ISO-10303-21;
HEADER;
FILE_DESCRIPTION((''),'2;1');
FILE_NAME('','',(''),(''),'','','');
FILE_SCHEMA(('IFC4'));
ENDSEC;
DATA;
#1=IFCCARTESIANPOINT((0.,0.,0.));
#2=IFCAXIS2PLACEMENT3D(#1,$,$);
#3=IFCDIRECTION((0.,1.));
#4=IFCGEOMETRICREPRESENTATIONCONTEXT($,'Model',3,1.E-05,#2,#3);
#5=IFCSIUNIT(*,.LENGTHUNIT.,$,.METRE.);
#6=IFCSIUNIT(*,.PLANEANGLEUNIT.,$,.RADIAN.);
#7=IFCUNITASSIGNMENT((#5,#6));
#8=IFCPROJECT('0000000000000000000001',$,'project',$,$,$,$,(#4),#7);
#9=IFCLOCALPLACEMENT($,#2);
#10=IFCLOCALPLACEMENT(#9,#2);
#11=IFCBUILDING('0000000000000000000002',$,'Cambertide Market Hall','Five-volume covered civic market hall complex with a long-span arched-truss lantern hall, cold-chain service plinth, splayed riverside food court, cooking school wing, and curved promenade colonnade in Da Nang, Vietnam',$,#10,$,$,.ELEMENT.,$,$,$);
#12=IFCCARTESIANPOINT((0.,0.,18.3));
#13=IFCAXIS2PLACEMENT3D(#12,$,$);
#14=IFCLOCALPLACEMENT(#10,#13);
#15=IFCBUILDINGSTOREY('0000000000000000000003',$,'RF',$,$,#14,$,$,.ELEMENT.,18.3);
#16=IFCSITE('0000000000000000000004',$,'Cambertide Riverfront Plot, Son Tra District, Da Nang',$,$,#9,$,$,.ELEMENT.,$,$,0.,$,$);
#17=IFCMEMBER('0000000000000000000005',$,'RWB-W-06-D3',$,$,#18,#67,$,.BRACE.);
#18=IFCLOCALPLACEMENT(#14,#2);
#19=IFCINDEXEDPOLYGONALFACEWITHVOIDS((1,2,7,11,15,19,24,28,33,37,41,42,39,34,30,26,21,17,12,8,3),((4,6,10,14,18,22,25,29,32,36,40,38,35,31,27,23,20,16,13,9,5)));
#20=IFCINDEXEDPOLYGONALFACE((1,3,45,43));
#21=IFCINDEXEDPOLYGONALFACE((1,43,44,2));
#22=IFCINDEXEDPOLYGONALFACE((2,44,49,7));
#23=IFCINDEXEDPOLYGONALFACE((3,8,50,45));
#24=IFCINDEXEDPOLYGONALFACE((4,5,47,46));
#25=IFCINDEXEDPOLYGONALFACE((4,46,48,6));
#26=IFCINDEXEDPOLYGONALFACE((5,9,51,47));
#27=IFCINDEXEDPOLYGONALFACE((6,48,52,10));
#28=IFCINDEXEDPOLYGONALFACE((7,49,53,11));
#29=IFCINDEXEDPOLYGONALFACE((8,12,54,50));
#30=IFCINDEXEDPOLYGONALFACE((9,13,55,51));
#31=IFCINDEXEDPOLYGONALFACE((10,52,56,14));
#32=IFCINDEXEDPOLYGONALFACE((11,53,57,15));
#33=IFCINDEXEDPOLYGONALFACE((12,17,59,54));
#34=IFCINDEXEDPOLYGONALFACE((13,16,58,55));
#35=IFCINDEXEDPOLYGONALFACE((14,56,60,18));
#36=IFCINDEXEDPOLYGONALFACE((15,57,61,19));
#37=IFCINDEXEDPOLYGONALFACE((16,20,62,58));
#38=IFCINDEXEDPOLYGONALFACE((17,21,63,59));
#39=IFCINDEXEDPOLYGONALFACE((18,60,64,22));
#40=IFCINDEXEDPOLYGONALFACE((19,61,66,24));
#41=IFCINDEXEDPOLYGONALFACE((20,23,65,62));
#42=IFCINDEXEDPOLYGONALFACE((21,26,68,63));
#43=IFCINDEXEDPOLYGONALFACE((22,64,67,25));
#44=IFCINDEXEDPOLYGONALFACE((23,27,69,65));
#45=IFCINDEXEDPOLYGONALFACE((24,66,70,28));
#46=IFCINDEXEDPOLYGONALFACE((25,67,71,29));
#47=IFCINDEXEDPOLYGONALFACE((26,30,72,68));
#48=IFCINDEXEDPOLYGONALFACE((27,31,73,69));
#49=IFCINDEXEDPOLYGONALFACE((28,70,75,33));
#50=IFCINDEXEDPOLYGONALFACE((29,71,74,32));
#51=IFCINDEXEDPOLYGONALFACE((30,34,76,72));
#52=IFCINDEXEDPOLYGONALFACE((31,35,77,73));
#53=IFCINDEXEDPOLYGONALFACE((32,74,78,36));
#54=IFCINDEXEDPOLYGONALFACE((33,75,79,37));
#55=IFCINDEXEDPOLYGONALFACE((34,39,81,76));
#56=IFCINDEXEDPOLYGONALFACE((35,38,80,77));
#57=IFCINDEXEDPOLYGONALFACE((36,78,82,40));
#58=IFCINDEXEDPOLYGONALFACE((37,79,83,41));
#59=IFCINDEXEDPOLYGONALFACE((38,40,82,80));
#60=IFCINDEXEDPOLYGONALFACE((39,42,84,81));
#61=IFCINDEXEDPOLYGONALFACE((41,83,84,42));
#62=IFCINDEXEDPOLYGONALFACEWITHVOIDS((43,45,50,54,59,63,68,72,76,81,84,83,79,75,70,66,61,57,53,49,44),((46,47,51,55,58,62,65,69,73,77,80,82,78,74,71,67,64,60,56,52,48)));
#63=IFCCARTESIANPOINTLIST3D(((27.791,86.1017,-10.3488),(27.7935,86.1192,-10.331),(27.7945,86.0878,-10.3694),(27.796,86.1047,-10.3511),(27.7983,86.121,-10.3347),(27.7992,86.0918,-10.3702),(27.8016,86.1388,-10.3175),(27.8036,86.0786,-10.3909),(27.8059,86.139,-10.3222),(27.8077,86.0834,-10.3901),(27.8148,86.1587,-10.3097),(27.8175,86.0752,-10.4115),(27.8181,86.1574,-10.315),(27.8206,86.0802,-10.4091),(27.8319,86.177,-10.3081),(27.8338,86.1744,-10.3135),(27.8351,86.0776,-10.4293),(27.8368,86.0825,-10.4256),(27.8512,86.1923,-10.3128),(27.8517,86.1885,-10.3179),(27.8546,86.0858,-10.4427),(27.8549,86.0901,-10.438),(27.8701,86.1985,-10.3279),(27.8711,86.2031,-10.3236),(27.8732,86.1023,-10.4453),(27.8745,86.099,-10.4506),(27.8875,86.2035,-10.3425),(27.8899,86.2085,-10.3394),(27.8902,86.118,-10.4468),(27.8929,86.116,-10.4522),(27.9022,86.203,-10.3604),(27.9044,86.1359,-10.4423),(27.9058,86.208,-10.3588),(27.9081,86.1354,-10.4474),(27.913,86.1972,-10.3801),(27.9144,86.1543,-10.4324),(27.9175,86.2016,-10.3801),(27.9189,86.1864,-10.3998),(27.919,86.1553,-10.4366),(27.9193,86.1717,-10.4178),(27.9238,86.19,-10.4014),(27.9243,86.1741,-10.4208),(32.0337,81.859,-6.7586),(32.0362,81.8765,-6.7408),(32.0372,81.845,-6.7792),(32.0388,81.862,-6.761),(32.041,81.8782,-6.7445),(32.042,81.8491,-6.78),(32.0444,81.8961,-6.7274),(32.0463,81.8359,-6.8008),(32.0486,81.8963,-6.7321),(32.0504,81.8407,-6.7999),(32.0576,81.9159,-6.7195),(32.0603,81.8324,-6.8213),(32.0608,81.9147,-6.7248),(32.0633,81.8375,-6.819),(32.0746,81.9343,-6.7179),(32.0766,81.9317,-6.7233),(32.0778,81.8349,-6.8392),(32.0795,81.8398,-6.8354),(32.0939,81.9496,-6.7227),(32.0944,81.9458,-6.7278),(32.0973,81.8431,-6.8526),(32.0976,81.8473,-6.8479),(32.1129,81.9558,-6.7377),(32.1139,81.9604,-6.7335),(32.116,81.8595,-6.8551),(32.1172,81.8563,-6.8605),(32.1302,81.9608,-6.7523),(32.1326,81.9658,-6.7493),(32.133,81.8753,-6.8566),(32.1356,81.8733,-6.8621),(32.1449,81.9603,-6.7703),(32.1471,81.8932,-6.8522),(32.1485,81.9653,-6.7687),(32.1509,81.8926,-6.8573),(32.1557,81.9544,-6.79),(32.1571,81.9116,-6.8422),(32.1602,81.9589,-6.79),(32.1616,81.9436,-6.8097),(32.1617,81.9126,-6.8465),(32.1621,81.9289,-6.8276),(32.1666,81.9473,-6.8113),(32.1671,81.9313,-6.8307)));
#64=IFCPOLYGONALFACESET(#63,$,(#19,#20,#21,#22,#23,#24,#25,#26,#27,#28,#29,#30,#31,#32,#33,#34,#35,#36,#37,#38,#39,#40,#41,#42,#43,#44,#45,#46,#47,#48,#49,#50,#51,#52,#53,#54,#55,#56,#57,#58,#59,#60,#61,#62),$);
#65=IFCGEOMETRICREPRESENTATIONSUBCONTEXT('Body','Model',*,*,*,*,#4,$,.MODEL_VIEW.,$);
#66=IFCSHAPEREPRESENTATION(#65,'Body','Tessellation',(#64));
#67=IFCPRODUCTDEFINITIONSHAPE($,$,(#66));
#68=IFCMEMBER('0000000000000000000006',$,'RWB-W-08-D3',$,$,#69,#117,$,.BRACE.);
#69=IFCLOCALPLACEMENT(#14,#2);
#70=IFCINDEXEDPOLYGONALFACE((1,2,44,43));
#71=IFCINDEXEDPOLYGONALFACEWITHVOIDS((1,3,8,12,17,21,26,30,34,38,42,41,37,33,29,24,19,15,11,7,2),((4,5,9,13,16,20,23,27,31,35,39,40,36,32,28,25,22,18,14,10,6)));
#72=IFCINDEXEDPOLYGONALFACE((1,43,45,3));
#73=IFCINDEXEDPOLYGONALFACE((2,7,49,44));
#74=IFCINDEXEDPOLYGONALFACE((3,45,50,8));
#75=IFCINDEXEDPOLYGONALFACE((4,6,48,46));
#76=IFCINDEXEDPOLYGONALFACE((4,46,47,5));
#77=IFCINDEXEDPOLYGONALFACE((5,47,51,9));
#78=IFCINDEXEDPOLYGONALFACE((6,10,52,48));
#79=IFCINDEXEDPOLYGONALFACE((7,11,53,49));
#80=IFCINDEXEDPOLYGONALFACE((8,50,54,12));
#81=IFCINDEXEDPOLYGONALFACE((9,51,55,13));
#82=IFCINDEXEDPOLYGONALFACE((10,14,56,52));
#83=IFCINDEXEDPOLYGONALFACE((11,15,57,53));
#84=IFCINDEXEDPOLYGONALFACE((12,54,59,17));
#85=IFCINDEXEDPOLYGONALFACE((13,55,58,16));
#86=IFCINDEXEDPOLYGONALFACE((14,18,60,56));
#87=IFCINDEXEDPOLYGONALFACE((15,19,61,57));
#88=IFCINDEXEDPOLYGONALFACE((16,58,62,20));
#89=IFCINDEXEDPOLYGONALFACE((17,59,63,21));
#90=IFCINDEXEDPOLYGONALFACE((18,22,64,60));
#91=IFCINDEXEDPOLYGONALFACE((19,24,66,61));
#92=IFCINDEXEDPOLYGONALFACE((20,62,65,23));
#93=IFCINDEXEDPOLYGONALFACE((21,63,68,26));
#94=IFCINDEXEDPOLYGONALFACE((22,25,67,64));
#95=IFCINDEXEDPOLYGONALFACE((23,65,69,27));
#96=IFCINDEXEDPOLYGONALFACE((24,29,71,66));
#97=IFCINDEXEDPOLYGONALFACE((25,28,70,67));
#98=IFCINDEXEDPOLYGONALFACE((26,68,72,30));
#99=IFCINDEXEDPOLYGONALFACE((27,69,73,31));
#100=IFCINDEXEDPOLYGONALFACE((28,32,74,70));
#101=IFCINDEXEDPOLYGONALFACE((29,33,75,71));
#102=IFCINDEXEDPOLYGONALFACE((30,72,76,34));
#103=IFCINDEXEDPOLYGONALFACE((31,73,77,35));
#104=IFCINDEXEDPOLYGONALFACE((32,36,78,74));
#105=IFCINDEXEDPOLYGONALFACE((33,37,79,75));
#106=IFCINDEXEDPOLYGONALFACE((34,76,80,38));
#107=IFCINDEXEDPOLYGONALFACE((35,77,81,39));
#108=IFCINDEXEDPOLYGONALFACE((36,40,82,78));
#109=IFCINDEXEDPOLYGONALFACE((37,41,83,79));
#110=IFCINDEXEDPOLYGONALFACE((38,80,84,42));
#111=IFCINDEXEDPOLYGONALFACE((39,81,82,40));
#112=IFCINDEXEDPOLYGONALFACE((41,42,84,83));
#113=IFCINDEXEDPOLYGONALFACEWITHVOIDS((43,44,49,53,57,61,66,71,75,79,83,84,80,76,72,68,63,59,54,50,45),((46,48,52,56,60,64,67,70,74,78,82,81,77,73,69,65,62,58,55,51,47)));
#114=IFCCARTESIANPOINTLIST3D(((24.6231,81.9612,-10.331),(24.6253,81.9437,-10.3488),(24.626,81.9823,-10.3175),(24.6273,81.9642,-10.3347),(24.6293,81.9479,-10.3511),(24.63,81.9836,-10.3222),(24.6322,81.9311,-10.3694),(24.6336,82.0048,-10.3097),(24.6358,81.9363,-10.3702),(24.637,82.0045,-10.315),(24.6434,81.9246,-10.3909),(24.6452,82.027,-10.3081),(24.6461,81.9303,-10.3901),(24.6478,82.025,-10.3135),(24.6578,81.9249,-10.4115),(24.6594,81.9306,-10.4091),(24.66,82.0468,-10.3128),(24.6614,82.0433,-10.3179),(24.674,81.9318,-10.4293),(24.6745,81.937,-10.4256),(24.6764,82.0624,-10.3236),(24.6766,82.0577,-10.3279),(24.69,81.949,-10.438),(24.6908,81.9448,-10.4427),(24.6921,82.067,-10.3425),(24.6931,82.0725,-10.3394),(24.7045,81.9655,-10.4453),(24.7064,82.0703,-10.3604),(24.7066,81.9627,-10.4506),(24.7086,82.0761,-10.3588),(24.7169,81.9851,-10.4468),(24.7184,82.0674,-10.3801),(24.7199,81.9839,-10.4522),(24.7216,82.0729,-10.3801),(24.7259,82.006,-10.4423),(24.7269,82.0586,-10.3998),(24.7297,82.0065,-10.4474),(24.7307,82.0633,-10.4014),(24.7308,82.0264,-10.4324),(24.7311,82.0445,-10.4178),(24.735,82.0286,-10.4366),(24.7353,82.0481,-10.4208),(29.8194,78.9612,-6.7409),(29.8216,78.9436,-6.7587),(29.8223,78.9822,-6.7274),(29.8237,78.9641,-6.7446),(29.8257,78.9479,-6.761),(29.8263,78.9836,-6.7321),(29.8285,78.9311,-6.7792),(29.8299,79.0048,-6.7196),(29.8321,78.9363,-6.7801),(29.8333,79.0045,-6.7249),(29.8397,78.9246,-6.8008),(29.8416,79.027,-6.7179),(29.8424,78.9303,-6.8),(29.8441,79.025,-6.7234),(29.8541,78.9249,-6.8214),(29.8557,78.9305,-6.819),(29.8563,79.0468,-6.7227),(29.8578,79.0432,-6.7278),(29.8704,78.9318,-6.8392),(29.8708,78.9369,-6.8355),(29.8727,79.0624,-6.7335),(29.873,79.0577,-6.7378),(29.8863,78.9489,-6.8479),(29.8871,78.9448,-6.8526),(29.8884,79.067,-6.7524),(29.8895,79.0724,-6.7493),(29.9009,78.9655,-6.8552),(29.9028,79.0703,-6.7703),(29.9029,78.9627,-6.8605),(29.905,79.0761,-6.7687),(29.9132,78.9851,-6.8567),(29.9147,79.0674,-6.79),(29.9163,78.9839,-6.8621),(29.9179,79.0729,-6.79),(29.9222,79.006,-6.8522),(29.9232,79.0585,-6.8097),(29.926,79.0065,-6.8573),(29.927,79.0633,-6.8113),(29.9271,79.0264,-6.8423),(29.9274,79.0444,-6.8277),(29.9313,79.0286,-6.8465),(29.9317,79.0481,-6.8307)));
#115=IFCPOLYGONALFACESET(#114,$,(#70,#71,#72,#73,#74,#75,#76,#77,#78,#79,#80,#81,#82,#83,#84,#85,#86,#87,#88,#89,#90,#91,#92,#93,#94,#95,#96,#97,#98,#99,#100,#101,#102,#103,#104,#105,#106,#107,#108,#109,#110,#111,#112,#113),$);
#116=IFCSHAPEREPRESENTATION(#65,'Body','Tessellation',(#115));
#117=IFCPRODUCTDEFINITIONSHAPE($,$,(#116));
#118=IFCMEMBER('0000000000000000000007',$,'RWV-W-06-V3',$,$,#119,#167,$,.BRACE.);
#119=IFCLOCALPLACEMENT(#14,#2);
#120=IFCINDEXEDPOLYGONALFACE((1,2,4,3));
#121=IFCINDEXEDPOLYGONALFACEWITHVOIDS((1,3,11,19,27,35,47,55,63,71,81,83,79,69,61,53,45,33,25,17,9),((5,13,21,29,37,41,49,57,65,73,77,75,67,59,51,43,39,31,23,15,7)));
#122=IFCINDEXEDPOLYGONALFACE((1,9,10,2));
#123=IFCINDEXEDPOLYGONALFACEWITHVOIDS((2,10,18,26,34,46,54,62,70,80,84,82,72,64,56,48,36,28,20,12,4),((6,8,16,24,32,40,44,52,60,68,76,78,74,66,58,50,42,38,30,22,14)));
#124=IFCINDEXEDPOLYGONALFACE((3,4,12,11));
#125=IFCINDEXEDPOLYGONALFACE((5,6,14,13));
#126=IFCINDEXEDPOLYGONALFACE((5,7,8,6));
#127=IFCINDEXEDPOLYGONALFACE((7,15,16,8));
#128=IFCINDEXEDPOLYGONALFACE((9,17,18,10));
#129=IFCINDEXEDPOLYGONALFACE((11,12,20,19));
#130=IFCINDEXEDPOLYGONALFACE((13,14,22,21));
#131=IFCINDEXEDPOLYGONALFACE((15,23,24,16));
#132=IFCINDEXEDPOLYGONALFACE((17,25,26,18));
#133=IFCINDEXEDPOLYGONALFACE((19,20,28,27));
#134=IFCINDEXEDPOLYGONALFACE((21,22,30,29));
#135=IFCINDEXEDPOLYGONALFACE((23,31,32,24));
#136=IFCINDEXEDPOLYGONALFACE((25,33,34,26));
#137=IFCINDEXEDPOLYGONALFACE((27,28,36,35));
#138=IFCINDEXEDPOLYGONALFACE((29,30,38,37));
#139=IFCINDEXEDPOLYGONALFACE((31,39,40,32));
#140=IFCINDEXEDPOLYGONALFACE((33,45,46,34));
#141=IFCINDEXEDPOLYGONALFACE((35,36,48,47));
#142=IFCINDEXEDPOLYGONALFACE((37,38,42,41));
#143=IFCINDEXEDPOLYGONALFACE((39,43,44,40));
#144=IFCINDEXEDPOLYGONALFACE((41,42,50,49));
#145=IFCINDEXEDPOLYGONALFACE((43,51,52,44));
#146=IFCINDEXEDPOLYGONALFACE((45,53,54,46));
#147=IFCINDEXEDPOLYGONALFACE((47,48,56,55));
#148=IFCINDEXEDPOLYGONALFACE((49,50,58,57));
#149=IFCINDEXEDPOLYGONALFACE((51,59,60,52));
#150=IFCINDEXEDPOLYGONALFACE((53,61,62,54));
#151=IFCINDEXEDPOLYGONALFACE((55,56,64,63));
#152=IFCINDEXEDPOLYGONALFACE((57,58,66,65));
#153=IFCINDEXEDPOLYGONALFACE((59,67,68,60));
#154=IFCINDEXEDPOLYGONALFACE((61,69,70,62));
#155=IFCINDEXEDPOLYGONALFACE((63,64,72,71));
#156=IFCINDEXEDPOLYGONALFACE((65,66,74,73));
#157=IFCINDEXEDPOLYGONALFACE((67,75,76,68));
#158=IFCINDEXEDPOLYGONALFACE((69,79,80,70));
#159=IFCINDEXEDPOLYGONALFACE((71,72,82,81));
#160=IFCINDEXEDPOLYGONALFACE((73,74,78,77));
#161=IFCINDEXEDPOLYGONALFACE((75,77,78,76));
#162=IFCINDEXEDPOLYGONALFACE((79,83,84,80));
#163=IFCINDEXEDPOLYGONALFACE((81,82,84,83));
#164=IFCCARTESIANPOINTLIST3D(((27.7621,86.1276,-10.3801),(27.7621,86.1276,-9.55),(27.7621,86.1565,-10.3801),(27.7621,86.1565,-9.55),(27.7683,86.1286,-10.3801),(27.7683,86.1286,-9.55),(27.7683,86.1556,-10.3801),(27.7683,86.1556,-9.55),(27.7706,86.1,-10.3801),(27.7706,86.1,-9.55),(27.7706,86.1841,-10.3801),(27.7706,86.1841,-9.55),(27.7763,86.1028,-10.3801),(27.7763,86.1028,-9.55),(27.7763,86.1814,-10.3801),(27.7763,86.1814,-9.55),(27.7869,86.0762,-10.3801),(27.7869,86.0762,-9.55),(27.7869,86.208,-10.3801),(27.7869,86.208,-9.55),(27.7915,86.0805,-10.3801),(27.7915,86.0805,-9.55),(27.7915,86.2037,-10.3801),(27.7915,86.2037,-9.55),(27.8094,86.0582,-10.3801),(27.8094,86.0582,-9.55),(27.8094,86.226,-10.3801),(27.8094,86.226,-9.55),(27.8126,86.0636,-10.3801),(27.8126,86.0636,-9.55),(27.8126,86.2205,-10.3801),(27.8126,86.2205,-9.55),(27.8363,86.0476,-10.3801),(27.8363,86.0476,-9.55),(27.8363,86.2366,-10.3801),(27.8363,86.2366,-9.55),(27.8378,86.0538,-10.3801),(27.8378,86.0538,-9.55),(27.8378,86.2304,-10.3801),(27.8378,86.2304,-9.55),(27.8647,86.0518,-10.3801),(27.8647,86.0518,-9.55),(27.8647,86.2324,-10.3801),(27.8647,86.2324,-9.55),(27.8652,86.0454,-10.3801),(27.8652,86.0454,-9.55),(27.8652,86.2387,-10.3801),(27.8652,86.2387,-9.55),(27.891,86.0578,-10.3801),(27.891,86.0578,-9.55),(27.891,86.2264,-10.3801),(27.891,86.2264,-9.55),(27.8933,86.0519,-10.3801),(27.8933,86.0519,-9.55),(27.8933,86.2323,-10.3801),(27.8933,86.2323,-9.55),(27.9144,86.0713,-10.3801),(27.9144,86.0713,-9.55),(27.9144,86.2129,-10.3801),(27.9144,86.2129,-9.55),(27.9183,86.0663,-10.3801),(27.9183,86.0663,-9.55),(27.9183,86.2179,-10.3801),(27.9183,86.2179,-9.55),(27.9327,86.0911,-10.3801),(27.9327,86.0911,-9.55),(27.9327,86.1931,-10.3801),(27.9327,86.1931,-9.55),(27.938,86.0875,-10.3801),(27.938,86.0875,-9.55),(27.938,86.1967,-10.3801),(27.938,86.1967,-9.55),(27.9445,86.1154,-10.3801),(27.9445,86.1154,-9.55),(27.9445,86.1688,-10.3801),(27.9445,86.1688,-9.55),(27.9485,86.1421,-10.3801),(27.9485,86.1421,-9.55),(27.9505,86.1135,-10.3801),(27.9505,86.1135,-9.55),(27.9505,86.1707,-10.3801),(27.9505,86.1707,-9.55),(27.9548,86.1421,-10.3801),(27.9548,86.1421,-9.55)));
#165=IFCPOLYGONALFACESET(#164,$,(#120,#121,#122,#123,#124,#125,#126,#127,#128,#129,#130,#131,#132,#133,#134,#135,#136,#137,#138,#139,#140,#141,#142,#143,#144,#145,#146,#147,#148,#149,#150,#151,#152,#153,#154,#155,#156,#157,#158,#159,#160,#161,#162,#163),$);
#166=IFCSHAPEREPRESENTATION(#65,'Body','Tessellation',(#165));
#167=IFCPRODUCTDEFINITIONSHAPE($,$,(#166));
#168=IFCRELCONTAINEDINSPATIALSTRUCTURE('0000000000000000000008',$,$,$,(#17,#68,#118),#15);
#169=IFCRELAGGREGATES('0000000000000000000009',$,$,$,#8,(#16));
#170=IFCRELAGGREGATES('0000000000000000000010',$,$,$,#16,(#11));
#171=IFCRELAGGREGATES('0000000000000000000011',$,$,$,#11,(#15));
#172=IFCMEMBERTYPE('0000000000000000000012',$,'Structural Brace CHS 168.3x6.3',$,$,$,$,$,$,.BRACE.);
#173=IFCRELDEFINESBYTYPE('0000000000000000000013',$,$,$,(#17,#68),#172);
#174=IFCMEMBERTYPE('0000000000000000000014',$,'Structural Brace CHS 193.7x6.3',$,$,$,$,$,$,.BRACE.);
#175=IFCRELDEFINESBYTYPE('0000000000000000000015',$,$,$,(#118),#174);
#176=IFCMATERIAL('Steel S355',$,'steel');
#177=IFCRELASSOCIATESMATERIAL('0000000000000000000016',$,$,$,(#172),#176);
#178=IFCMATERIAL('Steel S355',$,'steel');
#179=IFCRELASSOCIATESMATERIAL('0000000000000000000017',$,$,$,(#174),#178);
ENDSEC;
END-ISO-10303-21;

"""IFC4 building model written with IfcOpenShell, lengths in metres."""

from ifc_helpers import new_model, si_unit, direction, frame, origin, origin_2d, place, context, subcontext, project, spatial, hollow_circle, extrude, material, material_profile, profile_set, type_object, element, save


model = new_model("IFC4")

# Units and contexts
model_context = context("Model", 3, precision=1e-05, world=origin(), true_north=direction((0.0, 1.0)))
body_context = subcontext(model_context, "Body", "Model", "MODEL_VIEW")
ifc_project = project(units=[si_unit("LENGTHUNIT", "METRE"), si_unit("PLANEANGLEUNIT", "RADIAN")], contexts=[model_context])

# Site, building, storey
site_placement = place(None, origin())
site = spatial("IfcSite", under=ifc_project, at=site_placement, Name="Cambertide Riverfront Plot, Son Tra District, Da Nang", CompositionType="ELEMENT", RefElevation=0.0)
building_placement = place(site_placement, origin())
building = spatial("IfcBuilding", under=site, at=building_placement, Name="Cambertide Market Hall", Description="Five-volume covered civic market hall complex with a long-span arched-truss lantern hall, cold-chain service plinth, splayed riverside food court, cooking school wing, and curved promenade colonnade in Da Nang, Vietnam", CompositionType="ELEMENT")
storey_placement = place(building_placement, frame((0.0, 0.0, 18.3)))
storey = spatial("IfcBuildingStorey", under=building, at=storey_placement, Name="RF", CompositionType="ELEMENT", Elevation=18.3)

# Members
ifc_material_1 = material(Name="Steel S355", Category="steel")
ifc_material_profile_1 = material_profile(ifc_material_1, hollow_circle(Radius=0.0842, WallThickness=0.0063, at=origin_2d()), Name="CHS 168.3x6.3")
ifc_profile_set_1 = profile_set([ifc_material_profile_1], Name="Steel S355")
member_type_1 = type_object("IfcMemberType", Name="Structural Brace CHS 168.3x6.3", PredefinedType="BRACE", material=ifc_profile_set_1)
for number, where, z_axis, x_axis, name in (
    (1, (27.8579, 86.1421, -10.3801), (0.606782, -0.606782, 0.51345), (0.707107, 0.707107, 0.0), "RWB-W-06-D3"),
    (2, (24.6794, 82.0, -10.3801), (0.74316, -0.429053, 0.513446), (0.49999, 0.866031, 0.0), "RWB-W-08-D3"),
):
    element("IfcMember", number, at=place(storey_placement, frame(where, z_axis=z_axis, x_axis=x_axis)), inside=storey, type_object=member_type_1, Name=name, PredefinedType="BRACE", context=body_context, shape_type="SweptSolid", body=[
        extrude(hollow_circle(Radius=0.0842, WallThickness=0.0063, at=origin_2d()), origin(), (0.0, 0.0, 1.0), 6.9922),
    ])
ifc_material_2 = material(Name="Steel S355", Category="steel")
ifc_material_profile_2 = material_profile(ifc_material_2, hollow_circle(Radius=0.0969, WallThickness=0.0063, at=origin_2d()), Name="CHS 193.7x6.3")
ifc_profile_set_2 = profile_set([ifc_material_profile_2], Name="Steel S355")
member_type_2 = type_object("IfcMemberType", Name="Structural Brace CHS 193.7x6.3", PredefinedType="BRACE", material=ifc_profile_set_2)
for number, where, z_axis, x_axis, name in (
    (3, (27.8579, 86.1421, -10.3801), (0.0, 0.0, 1.0), (1.0, 0.0, 0.0), "RWV-W-06-V3"),
):
    element("IfcMember", number, at=place(storey_placement, frame(where, z_axis=z_axis, x_axis=x_axis)), inside=storey, type_object=member_type_2, Name=name, PredefinedType="BRACE", context=body_context, shape_type="SweptSolid", body=[
        extrude(hollow_circle(Radius=0.0969, WallThickness=0.0063, at=origin_2d()), origin(), (0.0, 0.0, 1.0), 0.8301),
    ])

save(model, "model.ifc")
